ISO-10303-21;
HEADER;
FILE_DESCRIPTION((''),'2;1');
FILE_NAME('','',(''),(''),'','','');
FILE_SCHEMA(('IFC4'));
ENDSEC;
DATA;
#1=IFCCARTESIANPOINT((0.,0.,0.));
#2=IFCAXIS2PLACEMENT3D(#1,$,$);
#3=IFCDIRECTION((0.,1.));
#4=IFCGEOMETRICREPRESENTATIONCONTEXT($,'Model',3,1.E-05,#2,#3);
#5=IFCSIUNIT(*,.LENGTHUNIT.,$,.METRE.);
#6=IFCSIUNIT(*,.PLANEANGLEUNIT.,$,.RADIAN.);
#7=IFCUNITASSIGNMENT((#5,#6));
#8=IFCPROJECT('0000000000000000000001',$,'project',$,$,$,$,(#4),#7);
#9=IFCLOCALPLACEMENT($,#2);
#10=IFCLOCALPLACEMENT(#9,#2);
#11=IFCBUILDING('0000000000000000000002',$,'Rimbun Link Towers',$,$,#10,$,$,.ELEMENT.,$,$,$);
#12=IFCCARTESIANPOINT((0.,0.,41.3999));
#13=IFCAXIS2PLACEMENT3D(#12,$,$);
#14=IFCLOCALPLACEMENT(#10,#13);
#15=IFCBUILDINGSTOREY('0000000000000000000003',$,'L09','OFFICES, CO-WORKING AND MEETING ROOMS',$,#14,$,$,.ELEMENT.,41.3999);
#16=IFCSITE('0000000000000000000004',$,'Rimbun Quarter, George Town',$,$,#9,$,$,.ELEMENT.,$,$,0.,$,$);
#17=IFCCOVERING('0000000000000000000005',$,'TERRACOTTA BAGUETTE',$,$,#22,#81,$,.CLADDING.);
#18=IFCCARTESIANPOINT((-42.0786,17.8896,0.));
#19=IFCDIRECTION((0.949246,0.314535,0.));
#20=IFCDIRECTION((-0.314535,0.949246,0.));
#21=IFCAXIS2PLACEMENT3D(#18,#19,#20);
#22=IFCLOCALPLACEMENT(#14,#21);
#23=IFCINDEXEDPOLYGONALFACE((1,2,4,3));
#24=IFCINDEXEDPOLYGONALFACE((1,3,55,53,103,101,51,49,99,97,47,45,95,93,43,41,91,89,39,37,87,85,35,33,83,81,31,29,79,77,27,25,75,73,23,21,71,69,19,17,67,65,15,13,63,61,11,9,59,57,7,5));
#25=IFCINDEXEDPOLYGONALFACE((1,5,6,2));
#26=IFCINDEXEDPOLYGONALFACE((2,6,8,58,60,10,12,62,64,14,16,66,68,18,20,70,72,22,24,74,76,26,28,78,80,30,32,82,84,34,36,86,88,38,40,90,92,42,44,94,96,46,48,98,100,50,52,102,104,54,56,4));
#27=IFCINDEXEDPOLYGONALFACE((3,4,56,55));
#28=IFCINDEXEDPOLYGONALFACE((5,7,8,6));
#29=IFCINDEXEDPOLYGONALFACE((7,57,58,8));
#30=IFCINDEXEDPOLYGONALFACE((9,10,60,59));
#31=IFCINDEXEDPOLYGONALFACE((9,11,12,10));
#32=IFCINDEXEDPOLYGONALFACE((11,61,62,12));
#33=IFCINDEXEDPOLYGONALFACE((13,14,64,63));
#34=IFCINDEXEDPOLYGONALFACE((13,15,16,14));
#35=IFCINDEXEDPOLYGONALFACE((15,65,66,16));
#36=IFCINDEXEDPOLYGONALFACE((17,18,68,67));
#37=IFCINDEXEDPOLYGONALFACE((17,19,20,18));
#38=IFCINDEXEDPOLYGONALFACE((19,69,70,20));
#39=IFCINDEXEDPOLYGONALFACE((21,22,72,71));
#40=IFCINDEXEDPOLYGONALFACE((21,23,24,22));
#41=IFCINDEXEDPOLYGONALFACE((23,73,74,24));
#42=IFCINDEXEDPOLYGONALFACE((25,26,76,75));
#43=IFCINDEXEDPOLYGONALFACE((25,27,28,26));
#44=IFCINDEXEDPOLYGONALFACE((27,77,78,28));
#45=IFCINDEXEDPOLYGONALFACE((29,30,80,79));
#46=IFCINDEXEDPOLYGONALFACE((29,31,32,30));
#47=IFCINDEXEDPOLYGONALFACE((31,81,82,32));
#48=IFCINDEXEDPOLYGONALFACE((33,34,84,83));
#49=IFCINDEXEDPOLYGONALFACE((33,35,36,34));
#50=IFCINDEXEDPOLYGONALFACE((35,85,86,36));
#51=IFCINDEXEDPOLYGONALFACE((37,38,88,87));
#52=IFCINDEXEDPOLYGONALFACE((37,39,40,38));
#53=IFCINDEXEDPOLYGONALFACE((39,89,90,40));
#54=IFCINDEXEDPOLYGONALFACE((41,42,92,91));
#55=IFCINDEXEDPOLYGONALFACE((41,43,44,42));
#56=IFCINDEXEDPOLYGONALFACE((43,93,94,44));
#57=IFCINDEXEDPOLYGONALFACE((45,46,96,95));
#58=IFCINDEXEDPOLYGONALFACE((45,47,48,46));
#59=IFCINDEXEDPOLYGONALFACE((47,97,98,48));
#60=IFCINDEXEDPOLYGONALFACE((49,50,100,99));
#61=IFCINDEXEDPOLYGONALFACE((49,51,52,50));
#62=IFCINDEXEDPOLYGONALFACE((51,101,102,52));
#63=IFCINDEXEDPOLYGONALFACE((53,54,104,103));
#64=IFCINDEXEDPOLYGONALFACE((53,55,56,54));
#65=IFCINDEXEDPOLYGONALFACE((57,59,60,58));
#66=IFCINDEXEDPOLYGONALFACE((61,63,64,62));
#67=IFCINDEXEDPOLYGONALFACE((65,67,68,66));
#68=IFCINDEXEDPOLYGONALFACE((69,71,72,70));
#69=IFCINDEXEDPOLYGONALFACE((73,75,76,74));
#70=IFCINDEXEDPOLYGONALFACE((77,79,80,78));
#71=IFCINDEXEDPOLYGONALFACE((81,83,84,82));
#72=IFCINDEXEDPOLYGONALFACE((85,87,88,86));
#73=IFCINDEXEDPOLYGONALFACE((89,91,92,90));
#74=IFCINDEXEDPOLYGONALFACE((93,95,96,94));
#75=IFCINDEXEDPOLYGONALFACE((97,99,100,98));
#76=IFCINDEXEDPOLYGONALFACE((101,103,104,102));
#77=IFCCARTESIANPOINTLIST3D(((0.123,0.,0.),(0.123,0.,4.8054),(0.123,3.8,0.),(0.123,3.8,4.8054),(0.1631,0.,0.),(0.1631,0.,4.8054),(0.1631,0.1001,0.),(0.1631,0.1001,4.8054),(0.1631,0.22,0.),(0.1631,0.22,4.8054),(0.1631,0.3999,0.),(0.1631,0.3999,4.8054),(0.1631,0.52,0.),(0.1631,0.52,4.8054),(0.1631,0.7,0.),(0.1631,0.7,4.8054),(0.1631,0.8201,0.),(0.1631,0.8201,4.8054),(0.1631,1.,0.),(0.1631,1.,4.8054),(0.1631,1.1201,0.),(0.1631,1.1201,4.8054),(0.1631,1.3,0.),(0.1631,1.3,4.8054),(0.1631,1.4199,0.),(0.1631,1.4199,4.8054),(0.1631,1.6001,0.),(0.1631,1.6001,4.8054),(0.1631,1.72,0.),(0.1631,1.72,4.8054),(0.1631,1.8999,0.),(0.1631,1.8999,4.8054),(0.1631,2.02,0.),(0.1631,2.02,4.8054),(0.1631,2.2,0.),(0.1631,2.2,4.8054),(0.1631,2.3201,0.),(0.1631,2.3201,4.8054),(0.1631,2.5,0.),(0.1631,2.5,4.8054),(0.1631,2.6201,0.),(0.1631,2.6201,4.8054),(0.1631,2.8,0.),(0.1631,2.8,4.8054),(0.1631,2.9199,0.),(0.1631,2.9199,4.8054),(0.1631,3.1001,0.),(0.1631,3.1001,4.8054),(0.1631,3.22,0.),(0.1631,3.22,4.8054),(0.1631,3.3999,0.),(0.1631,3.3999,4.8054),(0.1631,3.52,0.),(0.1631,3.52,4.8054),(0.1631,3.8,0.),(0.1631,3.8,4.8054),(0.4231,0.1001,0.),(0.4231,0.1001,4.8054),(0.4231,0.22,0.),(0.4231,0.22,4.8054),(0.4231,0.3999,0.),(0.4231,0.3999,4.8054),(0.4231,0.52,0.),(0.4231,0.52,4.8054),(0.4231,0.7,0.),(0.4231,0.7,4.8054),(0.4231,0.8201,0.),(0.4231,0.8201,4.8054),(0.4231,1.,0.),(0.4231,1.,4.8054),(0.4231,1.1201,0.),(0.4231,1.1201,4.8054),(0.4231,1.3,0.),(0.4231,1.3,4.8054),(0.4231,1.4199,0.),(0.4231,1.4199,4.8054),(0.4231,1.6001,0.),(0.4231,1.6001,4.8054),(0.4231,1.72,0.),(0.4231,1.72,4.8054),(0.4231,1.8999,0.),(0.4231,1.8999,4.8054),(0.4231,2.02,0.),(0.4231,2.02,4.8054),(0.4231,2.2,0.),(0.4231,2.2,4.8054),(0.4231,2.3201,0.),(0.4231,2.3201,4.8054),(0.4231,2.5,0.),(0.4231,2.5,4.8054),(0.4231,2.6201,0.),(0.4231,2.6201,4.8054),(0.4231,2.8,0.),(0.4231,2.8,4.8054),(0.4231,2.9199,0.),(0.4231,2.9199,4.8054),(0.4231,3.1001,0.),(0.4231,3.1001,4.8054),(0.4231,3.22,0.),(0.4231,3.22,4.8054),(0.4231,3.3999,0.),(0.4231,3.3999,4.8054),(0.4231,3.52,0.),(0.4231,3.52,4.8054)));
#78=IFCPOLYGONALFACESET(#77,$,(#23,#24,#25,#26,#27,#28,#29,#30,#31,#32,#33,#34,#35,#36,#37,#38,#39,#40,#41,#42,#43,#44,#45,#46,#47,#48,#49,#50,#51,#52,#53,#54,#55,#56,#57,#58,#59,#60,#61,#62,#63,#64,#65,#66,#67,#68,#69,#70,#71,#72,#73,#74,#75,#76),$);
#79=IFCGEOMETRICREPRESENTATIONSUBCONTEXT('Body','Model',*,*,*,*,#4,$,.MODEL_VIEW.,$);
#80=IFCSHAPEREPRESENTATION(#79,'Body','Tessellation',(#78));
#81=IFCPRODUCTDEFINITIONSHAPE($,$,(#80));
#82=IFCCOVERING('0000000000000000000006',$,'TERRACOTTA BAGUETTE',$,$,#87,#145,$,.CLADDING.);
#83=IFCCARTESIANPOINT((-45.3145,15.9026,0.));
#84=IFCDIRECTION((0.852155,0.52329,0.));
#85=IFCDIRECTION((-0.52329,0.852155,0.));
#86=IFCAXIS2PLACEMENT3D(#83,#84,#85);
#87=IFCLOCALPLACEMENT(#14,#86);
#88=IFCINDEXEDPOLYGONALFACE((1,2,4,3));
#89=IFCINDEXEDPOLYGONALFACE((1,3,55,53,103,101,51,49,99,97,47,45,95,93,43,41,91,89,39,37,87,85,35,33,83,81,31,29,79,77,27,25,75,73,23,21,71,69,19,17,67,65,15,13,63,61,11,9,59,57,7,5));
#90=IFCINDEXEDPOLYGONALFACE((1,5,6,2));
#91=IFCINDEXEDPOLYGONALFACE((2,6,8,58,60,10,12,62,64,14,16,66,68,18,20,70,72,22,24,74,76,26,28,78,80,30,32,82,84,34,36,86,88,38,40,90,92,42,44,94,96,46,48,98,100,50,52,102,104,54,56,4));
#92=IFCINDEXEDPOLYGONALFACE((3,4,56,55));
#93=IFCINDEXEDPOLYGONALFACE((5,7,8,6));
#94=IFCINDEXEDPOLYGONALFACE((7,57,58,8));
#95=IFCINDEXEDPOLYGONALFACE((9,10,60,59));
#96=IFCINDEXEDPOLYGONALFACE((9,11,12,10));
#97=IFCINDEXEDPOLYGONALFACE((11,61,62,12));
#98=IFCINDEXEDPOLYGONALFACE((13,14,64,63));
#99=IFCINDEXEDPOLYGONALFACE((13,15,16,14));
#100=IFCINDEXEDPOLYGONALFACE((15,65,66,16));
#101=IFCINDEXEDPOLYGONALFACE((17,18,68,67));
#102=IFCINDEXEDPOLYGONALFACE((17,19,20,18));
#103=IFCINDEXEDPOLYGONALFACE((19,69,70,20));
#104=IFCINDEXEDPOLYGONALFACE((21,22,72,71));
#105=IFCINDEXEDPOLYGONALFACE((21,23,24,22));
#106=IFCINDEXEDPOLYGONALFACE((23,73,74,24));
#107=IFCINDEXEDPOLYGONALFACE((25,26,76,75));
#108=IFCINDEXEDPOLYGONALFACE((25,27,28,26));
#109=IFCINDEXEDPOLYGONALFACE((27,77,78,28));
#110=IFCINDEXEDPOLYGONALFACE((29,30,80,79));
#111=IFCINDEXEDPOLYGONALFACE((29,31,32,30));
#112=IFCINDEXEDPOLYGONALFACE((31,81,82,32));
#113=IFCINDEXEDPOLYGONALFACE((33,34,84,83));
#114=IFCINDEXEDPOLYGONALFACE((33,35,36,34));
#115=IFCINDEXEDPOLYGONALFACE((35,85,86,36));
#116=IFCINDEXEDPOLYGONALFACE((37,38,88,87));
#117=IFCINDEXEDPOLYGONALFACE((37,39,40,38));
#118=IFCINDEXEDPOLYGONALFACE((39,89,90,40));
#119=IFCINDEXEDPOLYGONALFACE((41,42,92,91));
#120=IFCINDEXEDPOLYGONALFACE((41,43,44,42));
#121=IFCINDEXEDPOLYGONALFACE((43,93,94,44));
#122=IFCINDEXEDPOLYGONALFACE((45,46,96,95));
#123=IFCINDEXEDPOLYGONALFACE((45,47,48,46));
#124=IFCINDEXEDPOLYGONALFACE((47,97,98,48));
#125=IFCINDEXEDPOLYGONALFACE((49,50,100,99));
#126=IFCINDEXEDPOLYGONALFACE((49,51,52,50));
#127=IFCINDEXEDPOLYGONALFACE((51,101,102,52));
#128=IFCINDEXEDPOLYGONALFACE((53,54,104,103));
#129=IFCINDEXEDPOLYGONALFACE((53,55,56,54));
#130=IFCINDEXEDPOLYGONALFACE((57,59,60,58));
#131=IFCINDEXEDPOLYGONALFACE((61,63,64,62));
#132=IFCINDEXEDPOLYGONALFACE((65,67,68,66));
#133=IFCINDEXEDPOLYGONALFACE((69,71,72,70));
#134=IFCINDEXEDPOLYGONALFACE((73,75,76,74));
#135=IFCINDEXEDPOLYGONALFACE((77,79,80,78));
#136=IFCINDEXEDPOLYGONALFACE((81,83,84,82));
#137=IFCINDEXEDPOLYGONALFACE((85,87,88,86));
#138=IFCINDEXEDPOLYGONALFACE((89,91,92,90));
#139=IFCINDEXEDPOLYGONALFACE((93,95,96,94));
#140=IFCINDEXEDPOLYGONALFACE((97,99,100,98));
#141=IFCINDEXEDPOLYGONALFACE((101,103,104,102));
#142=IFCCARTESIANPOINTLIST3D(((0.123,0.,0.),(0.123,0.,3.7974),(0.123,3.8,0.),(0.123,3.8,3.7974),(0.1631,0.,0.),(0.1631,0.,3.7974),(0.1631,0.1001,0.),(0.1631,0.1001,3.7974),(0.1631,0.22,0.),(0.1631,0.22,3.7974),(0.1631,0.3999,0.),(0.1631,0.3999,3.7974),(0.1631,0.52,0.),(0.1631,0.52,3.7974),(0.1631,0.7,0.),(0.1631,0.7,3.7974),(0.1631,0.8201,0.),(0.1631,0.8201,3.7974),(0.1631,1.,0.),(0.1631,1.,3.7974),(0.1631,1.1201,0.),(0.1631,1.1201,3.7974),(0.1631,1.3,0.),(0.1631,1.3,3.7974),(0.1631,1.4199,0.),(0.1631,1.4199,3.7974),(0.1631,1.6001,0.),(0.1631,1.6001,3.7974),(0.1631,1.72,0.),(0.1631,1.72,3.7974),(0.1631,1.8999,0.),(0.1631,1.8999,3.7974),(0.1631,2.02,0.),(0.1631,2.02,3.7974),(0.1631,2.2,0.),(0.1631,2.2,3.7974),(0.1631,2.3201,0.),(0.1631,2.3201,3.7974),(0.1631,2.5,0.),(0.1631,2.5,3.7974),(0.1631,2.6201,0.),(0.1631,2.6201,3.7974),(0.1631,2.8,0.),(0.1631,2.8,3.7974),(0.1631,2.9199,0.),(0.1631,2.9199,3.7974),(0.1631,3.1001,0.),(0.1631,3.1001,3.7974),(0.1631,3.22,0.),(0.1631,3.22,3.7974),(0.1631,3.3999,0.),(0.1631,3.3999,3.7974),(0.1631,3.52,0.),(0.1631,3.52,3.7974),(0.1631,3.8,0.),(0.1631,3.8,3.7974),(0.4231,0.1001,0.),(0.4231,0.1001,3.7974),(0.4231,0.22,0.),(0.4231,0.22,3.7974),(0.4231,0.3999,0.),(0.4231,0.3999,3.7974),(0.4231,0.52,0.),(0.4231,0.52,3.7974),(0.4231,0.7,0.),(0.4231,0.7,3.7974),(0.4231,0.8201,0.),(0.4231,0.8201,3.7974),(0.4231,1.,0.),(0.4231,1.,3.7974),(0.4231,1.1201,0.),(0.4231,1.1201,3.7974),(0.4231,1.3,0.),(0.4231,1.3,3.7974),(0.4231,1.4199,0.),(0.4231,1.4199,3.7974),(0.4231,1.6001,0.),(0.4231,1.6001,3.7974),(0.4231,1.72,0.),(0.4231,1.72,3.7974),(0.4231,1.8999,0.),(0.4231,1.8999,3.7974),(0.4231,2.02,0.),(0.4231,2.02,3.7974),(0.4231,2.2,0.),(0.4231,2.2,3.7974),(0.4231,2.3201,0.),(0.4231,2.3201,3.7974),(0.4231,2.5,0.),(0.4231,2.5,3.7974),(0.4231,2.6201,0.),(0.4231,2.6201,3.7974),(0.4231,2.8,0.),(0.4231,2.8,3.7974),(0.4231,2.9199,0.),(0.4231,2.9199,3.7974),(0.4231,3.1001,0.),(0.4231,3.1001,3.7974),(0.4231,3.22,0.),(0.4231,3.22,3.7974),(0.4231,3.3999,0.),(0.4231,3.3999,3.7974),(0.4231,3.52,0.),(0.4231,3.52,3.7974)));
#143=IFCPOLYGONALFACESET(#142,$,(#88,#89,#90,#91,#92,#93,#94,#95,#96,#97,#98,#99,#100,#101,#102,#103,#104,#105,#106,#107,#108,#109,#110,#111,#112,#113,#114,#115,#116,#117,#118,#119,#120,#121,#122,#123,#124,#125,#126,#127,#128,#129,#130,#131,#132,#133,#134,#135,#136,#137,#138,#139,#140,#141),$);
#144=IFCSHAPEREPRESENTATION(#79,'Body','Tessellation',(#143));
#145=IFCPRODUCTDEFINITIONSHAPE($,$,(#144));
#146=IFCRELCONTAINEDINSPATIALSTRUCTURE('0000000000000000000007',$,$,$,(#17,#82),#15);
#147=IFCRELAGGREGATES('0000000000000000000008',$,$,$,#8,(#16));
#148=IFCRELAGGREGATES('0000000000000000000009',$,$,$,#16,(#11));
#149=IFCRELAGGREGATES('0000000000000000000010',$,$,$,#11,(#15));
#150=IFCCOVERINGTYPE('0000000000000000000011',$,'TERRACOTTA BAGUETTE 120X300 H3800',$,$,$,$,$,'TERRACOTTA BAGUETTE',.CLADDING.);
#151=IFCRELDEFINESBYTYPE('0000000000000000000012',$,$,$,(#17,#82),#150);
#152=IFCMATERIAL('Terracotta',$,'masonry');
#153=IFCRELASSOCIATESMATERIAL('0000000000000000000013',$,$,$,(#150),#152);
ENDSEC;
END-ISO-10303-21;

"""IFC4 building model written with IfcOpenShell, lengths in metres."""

from ifc_helpers import new_model, si_unit, direction, frame, origin, place, context, subcontext, project, spatial, polyline, outline, extrude, material, material_profile, profile_set, type_object, element, save


model = new_model("IFC4")

# Units and contexts
model_context = context("Model", 3, precision=1e-05, world=origin(), true_north=direction((0.0, 1.0)))
body_context = subcontext(model_context, "Body", "Model", "MODEL_VIEW")
ifc_project = project(units=[si_unit("LENGTHUNIT", "METRE"), si_unit("PLANEANGLEUNIT", "RADIAN")], contexts=[model_context])

# Site, building, storey
site_placement = place(None, origin())
site = spatial("IfcSite", under=ifc_project, at=site_placement, Name="Rimbun Quarter, George Town", CompositionType="ELEMENT", RefElevation=0.0)
building_placement = place(site_placement, origin())
building = spatial("IfcBuilding", under=site, at=building_placement, Name="Rimbun Link Towers", CompositionType="ELEMENT")
storey_placement = place(building_placement, frame((0.0, 0.0, 41.3999)))
storey = spatial("IfcBuildingStorey", under=building, at=storey_placement, Name="L09", Description="OFFICES, CO-WORKING AND MEETING ROOMS", CompositionType="ELEMENT", Elevation=41.3999)

# Coverings
ifc_material_1 = material(Name="Terracotta", Category="masonry")
ifc_material_profile_1 = material_profile(ifc_material_1, outline(polyline([(0.123, 0.0), (0.1631, 0.0), (0.1631, 0.1001), (0.4231, 0.1001), (0.4231, 0.22), (0.1631, 0.22), (0.1631, 0.3999), (0.4231, 0.3999), (0.4231, 0.52), (0.1631, 0.52), (0.1631, 0.7), (0.4231, 0.7), (0.4231, 0.8201), (0.1631, 0.8201), (0.1631, 1.0), (0.4231, 1.0), (0.4231, 1.1201), (0.1631, 1.1201), (0.1631, 1.3), (0.4231, 1.3), (0.4231, 1.4199), (0.1631, 1.4199), (0.1631, 1.6001), (0.4231, 1.6001), (0.4231, 1.72), (0.1631, 1.72), (0.1631, 1.8999), (0.4231, 1.8999), (0.4231, 2.02), (0.1631, 2.02), (0.1631, 2.2), (0.4231, 2.2), (0.4231, 2.3201), (0.1631, 2.3201), (0.1631, 2.5), (0.4231, 2.5), (0.4231, 2.6201), (0.1631, 2.6201), (0.1631, 2.8), (0.4231, 2.8), (0.4231, 2.9199), (0.1631, 2.9199), (0.1631, 3.1001), (0.4231, 3.1001), (0.4231, 3.22), (0.1631, 3.22), (0.1631, 3.3999), (0.4231, 3.3999), (0.4231, 3.52), (0.1631, 3.52), (0.1631, 3.8), (0.123, 3.8), (0.123, 0.0)])), Name="BAGUETTE 120X300")
ifc_profile_set_1 = profile_set([ifc_material_profile_1], Name="Terracotta")
covering_type = type_object("IfcCoveringType", Name="TERRACOTTA BAGUETTE 120X300 H3800", ElementType="TERRACOTTA BAGUETTE", PredefinedType="CLADDING", material=ifc_profile_set_1)
covering_1_placement = place(storey_placement, frame((-42.0786, 17.8896, 0.0), z_axis=(0.949246, 0.314535, 0.0), x_axis=(-0.314535, 0.949246, 0.0)))
element("IfcCovering", 1, at=covering_1_placement, inside=storey, type_object=covering_type, Name="TERRACOTTA BAGUETTE", PredefinedType="CLADDING", context=body_context, shape_type="SweptSolid", body=[
    extrude(outline(polyline([(0.123, 0.0), (0.1631, 0.0), (0.1631, 0.1001), (0.4231, 0.1001), (0.4231, 0.22), (0.1631, 0.22), (0.1631, 0.3999), (0.4231, 0.3999), (0.4231, 0.52), (0.1631, 0.52), (0.1631, 0.7), (0.4231, 0.7), (0.4231, 0.8201), (0.1631, 0.8201), (0.1631, 1.0), (0.4231, 1.0), (0.4231, 1.1201), (0.1631, 1.1201), (0.1631, 1.3), (0.4231, 1.3), (0.4231, 1.4199), (0.1631, 1.4199), (0.1631, 1.6001), (0.4231, 1.6001), (0.4231, 1.72), (0.1631, 1.72), (0.1631, 1.8999), (0.4231, 1.8999), (0.4231, 2.02), (0.1631, 2.02), (0.1631, 2.2), (0.4231, 2.2), (0.4231, 2.3201), (0.1631, 2.3201), (0.1631, 2.5), (0.4231, 2.5), (0.4231, 2.6201), (0.1631, 2.6201), (0.1631, 2.8), (0.4231, 2.8), (0.4231, 2.9199), (0.1631, 2.9199), (0.1631, 3.1001), (0.4231, 3.1001), (0.4231, 3.22), (0.1631, 3.22), (0.1631, 3.3999), (0.4231, 3.3999), (0.4231, 3.52), (0.1631, 3.52), (0.1631, 3.8), (0.123, 3.8), (0.123, 0.0)])), origin(), (0.0, 0.0, 1.0), 4.8054),
])
covering_2_placement = place(storey_placement, frame((-45.3145, 15.9026, 0.0), z_axis=(0.852155, 0.52329, 0.0), x_axis=(-0.52329, 0.852155, 0.0)))
element("IfcCovering", 2, at=covering_2_placement, inside=storey, type_object=covering_type, Name="TERRACOTTA BAGUETTE", PredefinedType="CLADDING", context=body_context, shape_type="SweptSolid", body=[
    extrude(outline(polyline([(0.123, 0.0), (0.1631, 0.0), (0.1631, 0.1001), (0.4231, 0.1001), (0.4231, 0.22), (0.1631, 0.22), (0.1631, 0.3999), (0.4231, 0.3999), (0.4231, 0.52), (0.1631, 0.52), (0.1631, 0.7), (0.4231, 0.7), (0.4231, 0.8201), (0.1631, 0.8201), (0.1631, 1.0), (0.4231, 1.0), (0.4231, 1.1201), (0.1631, 1.1201), (0.1631, 1.3), (0.4231, 1.3), (0.4231, 1.4199), (0.1631, 1.4199), (0.1631, 1.6001), (0.4231, 1.6001), (0.4231, 1.72), (0.1631, 1.72), (0.1631, 1.8999), (0.4231, 1.8999), (0.4231, 2.02), (0.1631, 2.02), (0.1631, 2.2), (0.4231, 2.2), (0.4231, 2.3201), (0.1631, 2.3201), (0.1631, 2.5), (0.4231, 2.5), (0.4231, 2.6201), (0.1631, 2.6201), (0.1631, 2.8), (0.4231, 2.8), (0.4231, 2.9199), (0.1631, 2.9199), (0.1631, 3.1001), (0.4231, 3.1001), (0.4231, 3.22), (0.1631, 3.22), (0.1631, 3.3999), (0.4231, 3.3999), (0.4231, 3.52), (0.1631, 3.52), (0.1631, 3.8), (0.123, 3.8), (0.123, 0.0)])), origin(), (0.0, 0.0, 1.0), 3.7974),
])

save(model, "model.ifc")
